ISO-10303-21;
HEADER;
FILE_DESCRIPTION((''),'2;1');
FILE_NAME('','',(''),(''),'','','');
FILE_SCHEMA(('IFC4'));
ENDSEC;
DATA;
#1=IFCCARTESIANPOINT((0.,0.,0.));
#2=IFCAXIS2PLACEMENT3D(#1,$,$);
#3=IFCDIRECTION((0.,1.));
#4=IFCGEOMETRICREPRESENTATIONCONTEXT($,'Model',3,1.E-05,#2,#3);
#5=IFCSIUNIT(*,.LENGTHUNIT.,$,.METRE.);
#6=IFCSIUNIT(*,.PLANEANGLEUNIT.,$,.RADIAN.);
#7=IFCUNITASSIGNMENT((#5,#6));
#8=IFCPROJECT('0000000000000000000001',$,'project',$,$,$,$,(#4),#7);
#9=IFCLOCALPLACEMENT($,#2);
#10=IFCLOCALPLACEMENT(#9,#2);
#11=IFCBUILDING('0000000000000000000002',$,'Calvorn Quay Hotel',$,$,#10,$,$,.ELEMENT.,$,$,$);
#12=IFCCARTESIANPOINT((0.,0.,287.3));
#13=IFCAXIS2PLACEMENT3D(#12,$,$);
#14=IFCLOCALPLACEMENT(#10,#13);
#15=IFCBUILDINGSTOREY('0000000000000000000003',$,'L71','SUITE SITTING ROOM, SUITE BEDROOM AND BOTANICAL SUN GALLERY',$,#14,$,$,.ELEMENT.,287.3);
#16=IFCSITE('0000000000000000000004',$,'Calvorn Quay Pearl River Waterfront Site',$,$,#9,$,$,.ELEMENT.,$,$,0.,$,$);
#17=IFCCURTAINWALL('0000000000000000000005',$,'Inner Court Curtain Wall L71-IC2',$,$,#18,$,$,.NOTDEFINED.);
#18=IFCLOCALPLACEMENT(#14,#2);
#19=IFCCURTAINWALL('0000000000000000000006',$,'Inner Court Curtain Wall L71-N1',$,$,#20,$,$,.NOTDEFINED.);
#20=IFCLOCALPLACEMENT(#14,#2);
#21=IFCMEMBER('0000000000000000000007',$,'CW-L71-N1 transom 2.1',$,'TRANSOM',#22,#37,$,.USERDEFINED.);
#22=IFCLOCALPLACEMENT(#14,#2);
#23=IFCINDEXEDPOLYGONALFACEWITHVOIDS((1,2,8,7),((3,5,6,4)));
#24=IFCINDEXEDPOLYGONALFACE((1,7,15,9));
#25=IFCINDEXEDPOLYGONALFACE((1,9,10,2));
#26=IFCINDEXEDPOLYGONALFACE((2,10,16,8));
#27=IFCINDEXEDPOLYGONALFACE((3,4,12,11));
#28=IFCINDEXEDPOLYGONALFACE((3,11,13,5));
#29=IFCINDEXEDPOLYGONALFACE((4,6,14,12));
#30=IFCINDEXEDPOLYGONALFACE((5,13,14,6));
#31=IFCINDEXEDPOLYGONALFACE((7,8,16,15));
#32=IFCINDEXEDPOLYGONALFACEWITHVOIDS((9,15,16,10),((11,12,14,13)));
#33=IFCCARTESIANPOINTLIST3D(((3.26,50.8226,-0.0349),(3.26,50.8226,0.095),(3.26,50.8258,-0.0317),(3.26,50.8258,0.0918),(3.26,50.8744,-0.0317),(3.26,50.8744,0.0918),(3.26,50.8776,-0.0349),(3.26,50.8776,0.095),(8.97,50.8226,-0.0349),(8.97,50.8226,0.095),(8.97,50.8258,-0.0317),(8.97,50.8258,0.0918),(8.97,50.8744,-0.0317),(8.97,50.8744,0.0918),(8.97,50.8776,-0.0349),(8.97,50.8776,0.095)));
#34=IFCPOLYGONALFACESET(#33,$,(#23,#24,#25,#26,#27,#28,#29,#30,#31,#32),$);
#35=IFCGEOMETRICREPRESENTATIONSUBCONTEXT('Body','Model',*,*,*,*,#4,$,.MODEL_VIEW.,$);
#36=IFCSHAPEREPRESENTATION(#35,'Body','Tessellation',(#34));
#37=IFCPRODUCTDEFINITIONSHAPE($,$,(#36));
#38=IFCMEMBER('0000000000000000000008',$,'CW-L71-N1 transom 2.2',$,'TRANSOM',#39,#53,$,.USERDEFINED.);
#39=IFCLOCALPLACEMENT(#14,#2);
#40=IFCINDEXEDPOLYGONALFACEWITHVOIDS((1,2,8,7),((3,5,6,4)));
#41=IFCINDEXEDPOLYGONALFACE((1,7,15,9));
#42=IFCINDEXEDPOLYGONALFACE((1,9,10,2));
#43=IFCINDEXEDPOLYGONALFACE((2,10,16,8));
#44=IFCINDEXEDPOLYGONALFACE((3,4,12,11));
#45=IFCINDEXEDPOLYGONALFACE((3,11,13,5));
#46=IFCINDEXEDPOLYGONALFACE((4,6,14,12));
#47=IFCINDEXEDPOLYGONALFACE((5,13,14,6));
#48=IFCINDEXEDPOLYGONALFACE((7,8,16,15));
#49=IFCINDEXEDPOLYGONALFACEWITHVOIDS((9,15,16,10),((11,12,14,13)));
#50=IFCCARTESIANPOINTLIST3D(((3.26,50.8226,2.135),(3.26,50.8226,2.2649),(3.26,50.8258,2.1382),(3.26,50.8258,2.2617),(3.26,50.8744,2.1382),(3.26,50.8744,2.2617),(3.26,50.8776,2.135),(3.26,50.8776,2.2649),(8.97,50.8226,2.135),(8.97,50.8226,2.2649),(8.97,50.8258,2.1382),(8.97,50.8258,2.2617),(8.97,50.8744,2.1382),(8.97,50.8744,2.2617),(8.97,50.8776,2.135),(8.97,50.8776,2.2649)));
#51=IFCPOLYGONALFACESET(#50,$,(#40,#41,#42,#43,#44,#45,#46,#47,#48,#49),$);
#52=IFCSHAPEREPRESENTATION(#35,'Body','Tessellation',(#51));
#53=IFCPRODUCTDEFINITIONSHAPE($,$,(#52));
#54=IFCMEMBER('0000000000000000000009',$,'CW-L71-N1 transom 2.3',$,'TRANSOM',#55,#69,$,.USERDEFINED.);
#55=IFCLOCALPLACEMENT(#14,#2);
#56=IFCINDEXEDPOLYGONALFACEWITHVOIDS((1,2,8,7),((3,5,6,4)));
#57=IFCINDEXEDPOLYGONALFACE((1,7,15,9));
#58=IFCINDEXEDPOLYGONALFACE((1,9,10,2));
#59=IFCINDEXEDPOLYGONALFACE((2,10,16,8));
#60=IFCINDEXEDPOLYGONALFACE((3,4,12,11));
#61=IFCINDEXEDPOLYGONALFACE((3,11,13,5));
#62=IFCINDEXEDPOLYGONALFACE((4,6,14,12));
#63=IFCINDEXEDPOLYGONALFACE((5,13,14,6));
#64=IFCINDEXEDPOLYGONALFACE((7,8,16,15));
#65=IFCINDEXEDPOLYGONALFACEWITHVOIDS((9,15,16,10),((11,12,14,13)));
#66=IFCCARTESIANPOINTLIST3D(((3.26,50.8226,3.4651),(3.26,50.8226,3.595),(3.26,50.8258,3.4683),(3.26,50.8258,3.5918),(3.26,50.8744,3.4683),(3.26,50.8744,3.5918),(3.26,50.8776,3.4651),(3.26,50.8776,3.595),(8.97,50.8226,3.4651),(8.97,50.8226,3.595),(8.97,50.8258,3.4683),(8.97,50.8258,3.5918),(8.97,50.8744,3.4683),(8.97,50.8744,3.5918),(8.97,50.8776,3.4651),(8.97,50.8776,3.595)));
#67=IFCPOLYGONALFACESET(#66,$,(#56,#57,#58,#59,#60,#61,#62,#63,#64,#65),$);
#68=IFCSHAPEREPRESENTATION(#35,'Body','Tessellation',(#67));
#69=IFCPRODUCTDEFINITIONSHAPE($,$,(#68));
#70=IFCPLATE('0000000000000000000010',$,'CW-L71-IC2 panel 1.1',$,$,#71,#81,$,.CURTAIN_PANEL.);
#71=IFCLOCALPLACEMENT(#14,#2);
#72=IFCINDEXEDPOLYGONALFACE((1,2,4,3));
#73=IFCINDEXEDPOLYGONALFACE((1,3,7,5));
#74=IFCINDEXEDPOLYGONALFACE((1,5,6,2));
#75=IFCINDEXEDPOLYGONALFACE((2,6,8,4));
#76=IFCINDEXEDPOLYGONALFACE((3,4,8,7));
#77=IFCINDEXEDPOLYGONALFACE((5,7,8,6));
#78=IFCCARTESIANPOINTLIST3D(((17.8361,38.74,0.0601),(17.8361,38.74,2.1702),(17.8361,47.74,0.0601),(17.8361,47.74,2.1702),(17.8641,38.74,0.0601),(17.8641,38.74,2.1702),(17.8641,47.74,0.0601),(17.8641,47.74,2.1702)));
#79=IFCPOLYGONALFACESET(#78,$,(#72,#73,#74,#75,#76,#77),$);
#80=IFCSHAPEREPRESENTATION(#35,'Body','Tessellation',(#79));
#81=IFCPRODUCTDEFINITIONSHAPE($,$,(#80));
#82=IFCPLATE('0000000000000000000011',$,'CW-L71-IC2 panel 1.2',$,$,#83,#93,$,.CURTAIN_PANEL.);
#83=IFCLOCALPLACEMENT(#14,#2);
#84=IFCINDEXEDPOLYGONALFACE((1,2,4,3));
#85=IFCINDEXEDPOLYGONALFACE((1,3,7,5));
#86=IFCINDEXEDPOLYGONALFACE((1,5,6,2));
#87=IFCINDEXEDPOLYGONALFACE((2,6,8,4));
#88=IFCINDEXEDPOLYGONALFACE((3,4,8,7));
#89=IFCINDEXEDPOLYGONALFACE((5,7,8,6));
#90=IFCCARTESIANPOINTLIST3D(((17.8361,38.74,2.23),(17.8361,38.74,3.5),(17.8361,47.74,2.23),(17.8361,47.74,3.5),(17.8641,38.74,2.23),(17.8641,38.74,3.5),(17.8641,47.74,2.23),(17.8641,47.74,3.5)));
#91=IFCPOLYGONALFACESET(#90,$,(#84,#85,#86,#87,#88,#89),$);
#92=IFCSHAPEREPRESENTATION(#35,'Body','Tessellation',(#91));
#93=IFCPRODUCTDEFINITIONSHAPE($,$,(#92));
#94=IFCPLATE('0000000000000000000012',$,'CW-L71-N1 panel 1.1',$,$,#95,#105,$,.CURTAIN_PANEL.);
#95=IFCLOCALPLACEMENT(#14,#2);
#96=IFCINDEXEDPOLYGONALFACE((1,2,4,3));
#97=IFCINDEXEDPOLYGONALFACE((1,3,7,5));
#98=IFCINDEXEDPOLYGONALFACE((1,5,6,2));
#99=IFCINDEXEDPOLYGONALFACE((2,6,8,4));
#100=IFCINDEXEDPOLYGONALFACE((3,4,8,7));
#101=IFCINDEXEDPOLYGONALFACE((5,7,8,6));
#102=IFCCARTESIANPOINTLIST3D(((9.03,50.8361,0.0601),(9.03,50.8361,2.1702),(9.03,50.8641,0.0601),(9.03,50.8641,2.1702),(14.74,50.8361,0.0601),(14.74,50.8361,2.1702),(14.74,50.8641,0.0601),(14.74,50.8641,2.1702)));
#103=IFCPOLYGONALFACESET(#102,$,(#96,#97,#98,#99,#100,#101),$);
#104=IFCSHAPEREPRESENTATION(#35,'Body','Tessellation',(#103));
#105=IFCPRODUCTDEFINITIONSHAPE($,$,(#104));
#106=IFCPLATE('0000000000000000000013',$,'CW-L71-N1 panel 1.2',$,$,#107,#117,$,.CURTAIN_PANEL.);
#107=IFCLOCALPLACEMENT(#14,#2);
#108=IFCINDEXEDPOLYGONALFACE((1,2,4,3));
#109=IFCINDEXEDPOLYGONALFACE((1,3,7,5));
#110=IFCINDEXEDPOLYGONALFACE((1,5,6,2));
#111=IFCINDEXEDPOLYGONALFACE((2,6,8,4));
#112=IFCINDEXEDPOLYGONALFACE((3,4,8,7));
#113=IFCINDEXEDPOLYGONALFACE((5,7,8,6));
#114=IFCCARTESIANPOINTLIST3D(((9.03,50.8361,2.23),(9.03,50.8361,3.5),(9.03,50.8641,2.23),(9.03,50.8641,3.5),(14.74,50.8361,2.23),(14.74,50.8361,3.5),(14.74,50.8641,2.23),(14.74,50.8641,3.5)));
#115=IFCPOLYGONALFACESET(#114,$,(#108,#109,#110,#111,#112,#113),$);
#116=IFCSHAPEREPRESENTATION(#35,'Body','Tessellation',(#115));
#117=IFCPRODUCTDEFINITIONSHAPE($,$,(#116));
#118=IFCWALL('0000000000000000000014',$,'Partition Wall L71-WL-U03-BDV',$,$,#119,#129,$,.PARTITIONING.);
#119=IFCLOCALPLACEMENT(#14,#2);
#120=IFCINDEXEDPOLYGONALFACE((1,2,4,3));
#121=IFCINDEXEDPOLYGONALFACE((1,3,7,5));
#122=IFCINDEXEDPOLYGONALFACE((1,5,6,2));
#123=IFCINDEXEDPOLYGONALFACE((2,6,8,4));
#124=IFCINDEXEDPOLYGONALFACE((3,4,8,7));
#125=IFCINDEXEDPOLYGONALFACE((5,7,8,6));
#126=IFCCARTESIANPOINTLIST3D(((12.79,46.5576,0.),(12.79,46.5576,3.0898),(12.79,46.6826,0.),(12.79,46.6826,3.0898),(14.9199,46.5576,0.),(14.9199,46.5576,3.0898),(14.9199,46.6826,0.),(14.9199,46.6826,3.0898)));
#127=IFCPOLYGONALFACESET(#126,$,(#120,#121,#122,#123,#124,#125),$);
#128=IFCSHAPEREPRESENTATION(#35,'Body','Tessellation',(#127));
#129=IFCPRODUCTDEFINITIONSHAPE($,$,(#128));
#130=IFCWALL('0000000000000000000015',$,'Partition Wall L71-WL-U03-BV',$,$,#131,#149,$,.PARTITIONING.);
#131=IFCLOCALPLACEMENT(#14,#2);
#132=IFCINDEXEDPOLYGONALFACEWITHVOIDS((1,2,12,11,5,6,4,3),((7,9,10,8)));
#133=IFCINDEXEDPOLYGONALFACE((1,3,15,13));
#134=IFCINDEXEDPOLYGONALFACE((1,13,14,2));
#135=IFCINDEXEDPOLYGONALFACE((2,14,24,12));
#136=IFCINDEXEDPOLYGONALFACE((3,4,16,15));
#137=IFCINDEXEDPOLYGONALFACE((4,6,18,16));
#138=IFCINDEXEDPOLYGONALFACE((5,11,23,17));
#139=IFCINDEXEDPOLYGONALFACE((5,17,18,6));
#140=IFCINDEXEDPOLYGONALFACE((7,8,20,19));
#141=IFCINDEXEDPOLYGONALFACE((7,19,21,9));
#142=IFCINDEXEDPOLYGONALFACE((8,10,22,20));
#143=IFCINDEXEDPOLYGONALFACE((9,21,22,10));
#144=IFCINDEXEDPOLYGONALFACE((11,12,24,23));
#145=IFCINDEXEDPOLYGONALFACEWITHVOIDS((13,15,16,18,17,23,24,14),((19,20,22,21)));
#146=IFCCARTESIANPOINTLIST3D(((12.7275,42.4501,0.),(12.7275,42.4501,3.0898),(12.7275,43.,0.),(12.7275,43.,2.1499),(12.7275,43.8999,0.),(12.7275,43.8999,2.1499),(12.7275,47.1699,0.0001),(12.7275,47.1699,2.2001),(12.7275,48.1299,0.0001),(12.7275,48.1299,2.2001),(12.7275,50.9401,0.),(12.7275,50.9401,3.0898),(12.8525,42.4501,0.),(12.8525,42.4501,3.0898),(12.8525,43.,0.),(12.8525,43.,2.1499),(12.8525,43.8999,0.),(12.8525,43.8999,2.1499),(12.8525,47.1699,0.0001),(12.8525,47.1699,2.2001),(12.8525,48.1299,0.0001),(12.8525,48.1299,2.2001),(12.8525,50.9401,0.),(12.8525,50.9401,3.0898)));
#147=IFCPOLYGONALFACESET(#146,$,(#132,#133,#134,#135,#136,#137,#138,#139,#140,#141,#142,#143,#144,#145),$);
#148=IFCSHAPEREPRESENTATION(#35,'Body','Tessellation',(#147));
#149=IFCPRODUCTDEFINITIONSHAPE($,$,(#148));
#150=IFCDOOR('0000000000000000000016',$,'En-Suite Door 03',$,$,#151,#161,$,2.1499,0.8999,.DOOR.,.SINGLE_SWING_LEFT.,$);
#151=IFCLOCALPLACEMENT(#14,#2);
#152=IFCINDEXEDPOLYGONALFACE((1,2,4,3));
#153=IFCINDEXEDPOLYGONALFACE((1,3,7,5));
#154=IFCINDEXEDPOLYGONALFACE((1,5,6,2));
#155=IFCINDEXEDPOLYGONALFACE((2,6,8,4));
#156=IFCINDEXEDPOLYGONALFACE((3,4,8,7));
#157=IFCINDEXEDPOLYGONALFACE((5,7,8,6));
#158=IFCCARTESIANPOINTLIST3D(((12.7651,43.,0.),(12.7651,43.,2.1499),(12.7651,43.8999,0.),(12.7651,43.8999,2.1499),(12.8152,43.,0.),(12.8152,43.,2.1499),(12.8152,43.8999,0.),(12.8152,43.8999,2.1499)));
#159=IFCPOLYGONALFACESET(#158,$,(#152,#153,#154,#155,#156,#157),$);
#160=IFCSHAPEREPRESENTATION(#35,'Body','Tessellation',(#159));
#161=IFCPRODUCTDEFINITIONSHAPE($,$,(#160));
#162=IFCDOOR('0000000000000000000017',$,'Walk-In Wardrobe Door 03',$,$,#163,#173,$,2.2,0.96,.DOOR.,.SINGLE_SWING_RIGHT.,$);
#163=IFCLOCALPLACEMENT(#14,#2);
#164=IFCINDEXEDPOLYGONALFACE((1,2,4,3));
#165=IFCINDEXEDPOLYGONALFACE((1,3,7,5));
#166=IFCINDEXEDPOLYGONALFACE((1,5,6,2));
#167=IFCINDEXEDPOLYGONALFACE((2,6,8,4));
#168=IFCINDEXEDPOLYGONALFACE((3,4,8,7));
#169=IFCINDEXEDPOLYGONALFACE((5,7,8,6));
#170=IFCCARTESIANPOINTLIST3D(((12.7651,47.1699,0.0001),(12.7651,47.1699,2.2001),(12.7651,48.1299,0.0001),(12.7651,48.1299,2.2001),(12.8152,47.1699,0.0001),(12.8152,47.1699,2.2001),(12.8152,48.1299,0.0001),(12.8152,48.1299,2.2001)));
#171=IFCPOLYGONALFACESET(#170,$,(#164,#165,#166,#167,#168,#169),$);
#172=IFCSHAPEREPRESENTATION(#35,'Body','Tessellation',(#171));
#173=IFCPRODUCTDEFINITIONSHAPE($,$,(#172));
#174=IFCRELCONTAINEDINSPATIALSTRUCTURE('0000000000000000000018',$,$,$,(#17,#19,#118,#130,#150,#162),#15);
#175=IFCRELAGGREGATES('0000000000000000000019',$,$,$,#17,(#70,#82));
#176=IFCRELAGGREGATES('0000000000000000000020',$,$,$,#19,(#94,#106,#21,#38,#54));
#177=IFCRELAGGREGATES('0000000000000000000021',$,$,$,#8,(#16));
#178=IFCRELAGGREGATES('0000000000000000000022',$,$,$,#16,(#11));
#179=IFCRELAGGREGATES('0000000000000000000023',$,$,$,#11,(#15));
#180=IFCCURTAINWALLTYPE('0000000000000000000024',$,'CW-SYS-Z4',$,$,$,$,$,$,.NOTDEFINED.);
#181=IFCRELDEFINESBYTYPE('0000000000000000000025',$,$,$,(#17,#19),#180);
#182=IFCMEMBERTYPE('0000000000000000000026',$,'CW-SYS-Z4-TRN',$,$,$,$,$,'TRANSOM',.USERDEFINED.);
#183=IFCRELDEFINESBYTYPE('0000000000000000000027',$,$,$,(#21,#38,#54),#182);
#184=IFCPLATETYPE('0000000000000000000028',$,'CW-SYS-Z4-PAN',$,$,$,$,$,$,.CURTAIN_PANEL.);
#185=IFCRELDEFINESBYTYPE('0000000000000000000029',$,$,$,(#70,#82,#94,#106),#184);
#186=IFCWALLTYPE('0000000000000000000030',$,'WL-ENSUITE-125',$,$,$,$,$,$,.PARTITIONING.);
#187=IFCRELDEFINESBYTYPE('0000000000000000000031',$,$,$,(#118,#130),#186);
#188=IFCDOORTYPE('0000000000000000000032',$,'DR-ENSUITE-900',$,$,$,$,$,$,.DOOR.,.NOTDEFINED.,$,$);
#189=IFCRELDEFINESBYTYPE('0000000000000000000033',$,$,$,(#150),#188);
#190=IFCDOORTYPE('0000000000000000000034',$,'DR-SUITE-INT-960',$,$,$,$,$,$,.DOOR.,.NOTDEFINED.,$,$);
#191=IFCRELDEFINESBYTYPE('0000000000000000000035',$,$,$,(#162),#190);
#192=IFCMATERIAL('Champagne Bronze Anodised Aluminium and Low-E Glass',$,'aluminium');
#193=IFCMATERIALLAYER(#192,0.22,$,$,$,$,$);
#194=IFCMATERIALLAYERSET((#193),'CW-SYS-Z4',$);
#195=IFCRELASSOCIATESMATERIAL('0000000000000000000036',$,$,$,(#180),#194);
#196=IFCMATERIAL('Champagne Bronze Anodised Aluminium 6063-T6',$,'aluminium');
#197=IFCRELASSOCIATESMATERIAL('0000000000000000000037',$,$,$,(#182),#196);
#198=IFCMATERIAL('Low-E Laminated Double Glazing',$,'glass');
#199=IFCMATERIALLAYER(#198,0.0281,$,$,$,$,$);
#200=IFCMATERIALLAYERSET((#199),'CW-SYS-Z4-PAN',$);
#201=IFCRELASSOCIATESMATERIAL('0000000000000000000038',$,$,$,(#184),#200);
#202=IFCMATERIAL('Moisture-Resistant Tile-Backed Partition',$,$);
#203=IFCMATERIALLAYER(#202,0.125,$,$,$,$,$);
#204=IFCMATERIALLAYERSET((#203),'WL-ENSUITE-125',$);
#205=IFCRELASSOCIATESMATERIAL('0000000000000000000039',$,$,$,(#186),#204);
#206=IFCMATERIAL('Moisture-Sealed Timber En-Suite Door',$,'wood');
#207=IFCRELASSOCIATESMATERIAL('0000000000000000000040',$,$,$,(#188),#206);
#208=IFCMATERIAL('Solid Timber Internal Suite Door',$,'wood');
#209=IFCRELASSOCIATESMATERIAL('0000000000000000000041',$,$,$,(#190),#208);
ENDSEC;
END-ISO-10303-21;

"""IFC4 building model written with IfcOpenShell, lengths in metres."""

from ifc_helpers import new_model, si_unit, direction, frame, frame_2d, origin, origin_2d, place, context, subcontext, project, spatial, rectangle, hollow_rectangle, extrude, material, layer, layer_set, material_profile, profile_set, type_object, element, fill, aggregate, save


model = new_model("IFC4")

# Units and contexts
model_context = context("Model", 3, precision=1e-05, world=origin(), true_north=direction((0.0, 1.0)))
body_context = subcontext(model_context, "Body", "Model", "MODEL_VIEW")
ifc_project = project(units=[si_unit("LENGTHUNIT", "METRE"), si_unit("PLANEANGLEUNIT", "RADIAN")], contexts=[model_context])

# Site, building, storey
site_placement = place(None, origin())
site = spatial("IfcSite", under=ifc_project, at=site_placement, Name="Calvorn Quay Pearl River Waterfront Site", CompositionType="ELEMENT", RefElevation=0.0)
building_placement = place(site_placement, origin())
building = spatial("IfcBuilding", under=site, at=building_placement, Name="Calvorn Quay Hotel", CompositionType="ELEMENT")
storey_placement = place(building_placement, frame((0.0, 0.0, 287.3)))
storey = spatial("IfcBuildingStorey", under=building, at=storey_placement, Name="L71", Description="SUITE SITTING ROOM, SUITE BEDROOM AND BOTANICAL SUN GALLERY", CompositionType="ELEMENT", Elevation=287.3)

# Shared definitions
ifc_material_1 = material(Name="Champagne Bronze Anodised Aluminium and Low-E Glass", Category="aluminium")
ifc_layer_1 = layer(ifc_material_1, 0.22)
ifc_layer_set_1 = layer_set([ifc_layer_1], Name="CW-SYS-Z4")
curtain_wall_type = type_object("IfcCurtainWallType", Name="CW-SYS-Z4", PredefinedType="NOTDEFINED", material=ifc_layer_set_1)

# Curtain walls
curtain_wall_1_placement = place(storey_placement, origin())
curtain_wall_1 = element("IfcCurtainWall", 1, at=curtain_wall_1_placement, inside=storey, type_object=curtain_wall_type, Name="Inner Court Curtain Wall L71-IC2", PredefinedType="NOTDEFINED")
curtain_wall_2_placement = place(storey_placement, origin())
curtain_wall_2 = element("IfcCurtainWall", 2, at=curtain_wall_2_placement, inside=storey, type_object=curtain_wall_type, Name="Inner Court Curtain Wall L71-N1", PredefinedType="NOTDEFINED")

# Members
ifc_material_2 = material(Name="Champagne Bronze Anodised Aluminium 6063-T6", Category="aluminium")
ifc_material_profile_1 = material_profile(ifc_material_2, hollow_rectangle(XDim=0.0549, YDim=0.1299, WallThickness=0.0032, at=origin_2d()), Name="ALU-T130x55x3.2")
ifc_profile_set_1 = profile_set([ifc_material_profile_1], Name="Champagne Bronze Anodised Aluminium 6063-T6")
member_type_1 = type_object("IfcMemberType", Name="CW-SYS-Z4-TRN", ElementType="TRANSOM", PredefinedType="USERDEFINED", material=ifc_profile_set_1)
member_1_placement = place(storey_placement, frame((8.97, 50.8501, 0.03), z_axis=(-1.0, 0.0, 0.0), x_axis=(0.0, -1.0, 0.0)))
member_1 = element("IfcMember", 3, at=member_1_placement, type_object=member_type_1, Name="CW-L71-N1 transom 2.1", ObjectType="TRANSOM", PredefinedType="USERDEFINED", context=body_context, shape_type="SweptSolid", body=[
    extrude(hollow_rectangle(XDim=0.0549, YDim=0.1299, WallThickness=0.0032, at=origin_2d()), origin(), (0.0, 0.0, 1.0), 5.71),
])
member_2_placement = place(storey_placement, frame((8.97, 50.8501, 2.2), z_axis=(-1.0, 0.0, 0.0), x_axis=(0.0, -1.0, 0.0)))
member_2 = element("IfcMember", 4, at=member_2_placement, type_object=member_type_1, Name="CW-L71-N1 transom 2.2", ObjectType="TRANSOM", PredefinedType="USERDEFINED", context=body_context, shape_type="SweptSolid", body=[
    extrude(hollow_rectangle(XDim=0.0549, YDim=0.1299, WallThickness=0.0032, at=origin_2d()), origin(), (0.0, 0.0, 1.0), 5.71),
])
member_3_placement = place(storey_placement, frame((8.97, 50.8501, 3.53), z_axis=(-1.0, 0.0, 0.0), x_axis=(0.0, -1.0, 0.0)))
member_3 = element("IfcMember", 5, at=member_3_placement, type_object=member_type_1, Name="CW-L71-N1 transom 2.3", ObjectType="TRANSOM", PredefinedType="USERDEFINED", context=body_context, shape_type="SweptSolid", body=[
    extrude(hollow_rectangle(XDim=0.0549, YDim=0.1299, WallThickness=0.0032, at=origin_2d()), origin(), (0.0, 0.0, 1.0), 5.71),
])

# Plates
ifc_material_3 = material(Name="Low-E Laminated Double Glazing", Category="glass")
ifc_layer_2 = layer(ifc_material_3, 0.0281)
ifc_layer_set_2 = layer_set([ifc_layer_2], Name="CW-SYS-Z4-PAN")
plate_type = type_object("IfcPlateType", Name="CW-SYS-Z4-PAN", PredefinedType="CURTAIN_PANEL", material=ifc_layer_set_2)
plate_1_placement = place(storey_placement, frame((17.8501, 43.24, 0.0601), z_axis=(0.0, 0.0, 1.0), x_axis=(0.0, 1.0, 0.0)))
plate_1 = element("IfcPlate", 6, at=plate_1_placement, type_object=plate_type, Name="CW-L71-IC2 panel 1.1", PredefinedType="CURTAIN_PANEL", context=body_context, shape_type="SweptSolid", body=[
    extrude(rectangle(XDim=9.0, YDim=0.0281, at=origin_2d()), origin(), (0.0, 0.0, 1.0), 2.1101),
])
plate_2_placement = place(storey_placement, frame((17.8501, 43.24, 2.23), z_axis=(0.0, 0.0, 1.0), x_axis=(0.0, 1.0, 0.0)))
plate_2 = element("IfcPlate", 7, at=plate_2_placement, type_object=plate_type, Name="CW-L71-IC2 panel 1.2", PredefinedType="CURTAIN_PANEL", context=body_context, shape_type="SweptSolid", body=[
    extrude(rectangle(XDim=9.0, YDim=0.0281, at=origin_2d()), origin(), (0.0, 0.0, 1.0), 1.27),
])
aggregate(curtain_wall_1, [plate_1, plate_2])
plate_3_placement = place(storey_placement, frame((11.885, 50.8501, 0.0601), z_axis=(0.0, 0.0, 1.0), x_axis=(-1.0, 0.0, 0.0)))
plate_3 = element("IfcPlate", 8, at=plate_3_placement, type_object=plate_type, Name="CW-L71-N1 panel 1.1", PredefinedType="CURTAIN_PANEL", context=body_context, shape_type="SweptSolid", body=[
    extrude(rectangle(XDim=5.71, YDim=0.0281, at=origin_2d()), origin(), (0.0, 0.0, 1.0), 2.1101),
])
plate_4_placement = place(storey_placement, frame((11.885, 50.8501, 2.23), z_axis=(0.0, 0.0, 1.0), x_axis=(-1.0, 0.0, 0.0)))
plate_4 = element("IfcPlate", 9, at=plate_4_placement, type_object=plate_type, Name="CW-L71-N1 panel 1.2", PredefinedType="CURTAIN_PANEL", context=body_context, shape_type="SweptSolid", body=[
    extrude(rectangle(XDim=5.71, YDim=0.0281, at=origin_2d()), origin(), (0.0, 0.0, 1.0), 1.27),
])
aggregate(curtain_wall_2, [plate_3, plate_4, member_1, member_2, member_3])

# Wall
ifc_material_4 = material(Name="Moisture-Resistant Tile-Backed Partition")
ifc_layer_3 = layer(ifc_material_4, 0.125)
ifc_layer_set_3 = layer_set([ifc_layer_3], Name="WL-ENSUITE-125")
wall_type_1 = type_object("IfcWallType", Name="WL-ENSUITE-125", PredefinedType="PARTITIONING", material=ifc_layer_set_3)
wall_1_placement = place(storey_placement, frame((12.79, 46.6201, 0.0), z_axis=(0.0, 0.0, 1.0), x_axis=(1.0, 0.0, 0.0)))
element("IfcWall", 10, at=wall_1_placement, inside=storey, type_object=wall_type_1, Name="Partition Wall L71-WL-U03-BDV", PredefinedType="PARTITIONING", context=body_context, shape_type="SweptSolid", body=[
    extrude(rectangle(XDim=2.1299, YDim=0.125, at=frame_2d((1.0649, 0.0))), origin(), (0.0, 0.0, 1.0), 3.0898),
])

# Wall, openings, doors
wall_2_placement = place(storey_placement, frame((12.79, 42.45, 0.0), z_axis=(0.0, 0.0, 1.0), x_axis=(0.0, 1.0, 0.0)))
wall_2 = element("IfcWall", 11, at=wall_2_placement, inside=storey, type_object=wall_type_1, Name="Partition Wall L71-WL-U03-BV", PredefinedType="PARTITIONING", context=body_context, shape_type="SweptSolid", body=[
    extrude(rectangle(XDim=8.49, YDim=0.125, at=frame_2d((4.2451, 0.0))), origin(), (0.0, 0.0, 1.0), 3.0898),
])
opening_1_placement = place(wall_2_placement, frame((0.55, 0.0, 0.0)))
opening_1 = element("IfcOpeningElement", 12, at=opening_1_placement, cuts=wall_2, PredefinedType="OPENING", context=body_context, shape_type="SweptSolid", body=[
    extrude(rectangle(XDim=0.8999, YDim=2.1499, at=frame_2d((0.45, 1.075))), frame((0.0, 0.0725, 0.0), z_axis=(0.0, -1.0, 0.0), x_axis=(1.0, 0.0, 0.0)), (0.0, 0.0, 1.0), 0.145),
])
opening_2_placement = place(wall_2_placement, frame((4.72, 0.0, 0.0)))
opening_2 = element("IfcOpeningElement", 13, at=opening_2_placement, cuts=wall_2, PredefinedType="OPENING", context=body_context, shape_type="SweptSolid", body=[
    extrude(rectangle(XDim=0.96, YDim=2.2, at=frame_2d((0.48, 1.1001))), frame((0.0, 0.0725, 0.0), z_axis=(0.0, -1.0, 0.0), x_axis=(1.0, 0.0, 0.0)), (0.0, 0.0, 1.0), 0.145),
])
ifc_material_5 = material(Name="Moisture-Sealed Timber En-Suite Door", Category="wood")
door_type_1 = type_object("IfcDoorType", Name="DR-ENSUITE-900", OperationType="NOTDEFINED", PredefinedType="DOOR", material=ifc_material_5)
door_1_placement = place(opening_1_placement, origin())
door_1 = element("IfcDoor", 14, at=door_1_placement, inside=storey, type_object=door_type_1, Name="En-Suite Door 03", OperationType="SINGLE_SWING_LEFT", OverallHeight=2.1499, OverallWidth=0.8999, PredefinedType="DOOR", context=body_context, shape_type="SweptSolid", body=[
    extrude(rectangle(XDim=0.8999, YDim=2.1499, at=frame_2d((0.45, 1.075))), frame((0.0, 0.0249, 0.0), z_axis=(0.0, -1.0, 0.0), x_axis=(1.0, 0.0, 0.0)), (0.0, 0.0, 1.0), 0.05),
])
fill(opening_1, door_1)
ifc_material_6 = material(Name="Solid Timber Internal Suite Door", Category="wood")
door_type_2 = type_object("IfcDoorType", Name="DR-SUITE-INT-960", OperationType="NOTDEFINED", PredefinedType="DOOR", material=ifc_material_6)
door_2_placement = place(opening_2_placement, origin())
door_2 = element("IfcDoor", 15, at=door_2_placement, inside=storey, type_object=door_type_2, Name="Walk-In Wardrobe Door 03", OperationType="SINGLE_SWING_RIGHT", OverallHeight=2.2, OverallWidth=0.96, PredefinedType="DOOR", context=body_context, shape_type="SweptSolid", body=[
    extrude(rectangle(XDim=0.96, YDim=2.2, at=frame_2d((0.48, 1.1001))), frame((0.0, 0.0249, 0.0), z_axis=(0.0, -1.0, 0.0), x_axis=(1.0, 0.0, 0.0)), (0.0, 0.0, 1.0), 0.05),
])
fill(opening_2, door_2)

save(model, "model.ifc")
